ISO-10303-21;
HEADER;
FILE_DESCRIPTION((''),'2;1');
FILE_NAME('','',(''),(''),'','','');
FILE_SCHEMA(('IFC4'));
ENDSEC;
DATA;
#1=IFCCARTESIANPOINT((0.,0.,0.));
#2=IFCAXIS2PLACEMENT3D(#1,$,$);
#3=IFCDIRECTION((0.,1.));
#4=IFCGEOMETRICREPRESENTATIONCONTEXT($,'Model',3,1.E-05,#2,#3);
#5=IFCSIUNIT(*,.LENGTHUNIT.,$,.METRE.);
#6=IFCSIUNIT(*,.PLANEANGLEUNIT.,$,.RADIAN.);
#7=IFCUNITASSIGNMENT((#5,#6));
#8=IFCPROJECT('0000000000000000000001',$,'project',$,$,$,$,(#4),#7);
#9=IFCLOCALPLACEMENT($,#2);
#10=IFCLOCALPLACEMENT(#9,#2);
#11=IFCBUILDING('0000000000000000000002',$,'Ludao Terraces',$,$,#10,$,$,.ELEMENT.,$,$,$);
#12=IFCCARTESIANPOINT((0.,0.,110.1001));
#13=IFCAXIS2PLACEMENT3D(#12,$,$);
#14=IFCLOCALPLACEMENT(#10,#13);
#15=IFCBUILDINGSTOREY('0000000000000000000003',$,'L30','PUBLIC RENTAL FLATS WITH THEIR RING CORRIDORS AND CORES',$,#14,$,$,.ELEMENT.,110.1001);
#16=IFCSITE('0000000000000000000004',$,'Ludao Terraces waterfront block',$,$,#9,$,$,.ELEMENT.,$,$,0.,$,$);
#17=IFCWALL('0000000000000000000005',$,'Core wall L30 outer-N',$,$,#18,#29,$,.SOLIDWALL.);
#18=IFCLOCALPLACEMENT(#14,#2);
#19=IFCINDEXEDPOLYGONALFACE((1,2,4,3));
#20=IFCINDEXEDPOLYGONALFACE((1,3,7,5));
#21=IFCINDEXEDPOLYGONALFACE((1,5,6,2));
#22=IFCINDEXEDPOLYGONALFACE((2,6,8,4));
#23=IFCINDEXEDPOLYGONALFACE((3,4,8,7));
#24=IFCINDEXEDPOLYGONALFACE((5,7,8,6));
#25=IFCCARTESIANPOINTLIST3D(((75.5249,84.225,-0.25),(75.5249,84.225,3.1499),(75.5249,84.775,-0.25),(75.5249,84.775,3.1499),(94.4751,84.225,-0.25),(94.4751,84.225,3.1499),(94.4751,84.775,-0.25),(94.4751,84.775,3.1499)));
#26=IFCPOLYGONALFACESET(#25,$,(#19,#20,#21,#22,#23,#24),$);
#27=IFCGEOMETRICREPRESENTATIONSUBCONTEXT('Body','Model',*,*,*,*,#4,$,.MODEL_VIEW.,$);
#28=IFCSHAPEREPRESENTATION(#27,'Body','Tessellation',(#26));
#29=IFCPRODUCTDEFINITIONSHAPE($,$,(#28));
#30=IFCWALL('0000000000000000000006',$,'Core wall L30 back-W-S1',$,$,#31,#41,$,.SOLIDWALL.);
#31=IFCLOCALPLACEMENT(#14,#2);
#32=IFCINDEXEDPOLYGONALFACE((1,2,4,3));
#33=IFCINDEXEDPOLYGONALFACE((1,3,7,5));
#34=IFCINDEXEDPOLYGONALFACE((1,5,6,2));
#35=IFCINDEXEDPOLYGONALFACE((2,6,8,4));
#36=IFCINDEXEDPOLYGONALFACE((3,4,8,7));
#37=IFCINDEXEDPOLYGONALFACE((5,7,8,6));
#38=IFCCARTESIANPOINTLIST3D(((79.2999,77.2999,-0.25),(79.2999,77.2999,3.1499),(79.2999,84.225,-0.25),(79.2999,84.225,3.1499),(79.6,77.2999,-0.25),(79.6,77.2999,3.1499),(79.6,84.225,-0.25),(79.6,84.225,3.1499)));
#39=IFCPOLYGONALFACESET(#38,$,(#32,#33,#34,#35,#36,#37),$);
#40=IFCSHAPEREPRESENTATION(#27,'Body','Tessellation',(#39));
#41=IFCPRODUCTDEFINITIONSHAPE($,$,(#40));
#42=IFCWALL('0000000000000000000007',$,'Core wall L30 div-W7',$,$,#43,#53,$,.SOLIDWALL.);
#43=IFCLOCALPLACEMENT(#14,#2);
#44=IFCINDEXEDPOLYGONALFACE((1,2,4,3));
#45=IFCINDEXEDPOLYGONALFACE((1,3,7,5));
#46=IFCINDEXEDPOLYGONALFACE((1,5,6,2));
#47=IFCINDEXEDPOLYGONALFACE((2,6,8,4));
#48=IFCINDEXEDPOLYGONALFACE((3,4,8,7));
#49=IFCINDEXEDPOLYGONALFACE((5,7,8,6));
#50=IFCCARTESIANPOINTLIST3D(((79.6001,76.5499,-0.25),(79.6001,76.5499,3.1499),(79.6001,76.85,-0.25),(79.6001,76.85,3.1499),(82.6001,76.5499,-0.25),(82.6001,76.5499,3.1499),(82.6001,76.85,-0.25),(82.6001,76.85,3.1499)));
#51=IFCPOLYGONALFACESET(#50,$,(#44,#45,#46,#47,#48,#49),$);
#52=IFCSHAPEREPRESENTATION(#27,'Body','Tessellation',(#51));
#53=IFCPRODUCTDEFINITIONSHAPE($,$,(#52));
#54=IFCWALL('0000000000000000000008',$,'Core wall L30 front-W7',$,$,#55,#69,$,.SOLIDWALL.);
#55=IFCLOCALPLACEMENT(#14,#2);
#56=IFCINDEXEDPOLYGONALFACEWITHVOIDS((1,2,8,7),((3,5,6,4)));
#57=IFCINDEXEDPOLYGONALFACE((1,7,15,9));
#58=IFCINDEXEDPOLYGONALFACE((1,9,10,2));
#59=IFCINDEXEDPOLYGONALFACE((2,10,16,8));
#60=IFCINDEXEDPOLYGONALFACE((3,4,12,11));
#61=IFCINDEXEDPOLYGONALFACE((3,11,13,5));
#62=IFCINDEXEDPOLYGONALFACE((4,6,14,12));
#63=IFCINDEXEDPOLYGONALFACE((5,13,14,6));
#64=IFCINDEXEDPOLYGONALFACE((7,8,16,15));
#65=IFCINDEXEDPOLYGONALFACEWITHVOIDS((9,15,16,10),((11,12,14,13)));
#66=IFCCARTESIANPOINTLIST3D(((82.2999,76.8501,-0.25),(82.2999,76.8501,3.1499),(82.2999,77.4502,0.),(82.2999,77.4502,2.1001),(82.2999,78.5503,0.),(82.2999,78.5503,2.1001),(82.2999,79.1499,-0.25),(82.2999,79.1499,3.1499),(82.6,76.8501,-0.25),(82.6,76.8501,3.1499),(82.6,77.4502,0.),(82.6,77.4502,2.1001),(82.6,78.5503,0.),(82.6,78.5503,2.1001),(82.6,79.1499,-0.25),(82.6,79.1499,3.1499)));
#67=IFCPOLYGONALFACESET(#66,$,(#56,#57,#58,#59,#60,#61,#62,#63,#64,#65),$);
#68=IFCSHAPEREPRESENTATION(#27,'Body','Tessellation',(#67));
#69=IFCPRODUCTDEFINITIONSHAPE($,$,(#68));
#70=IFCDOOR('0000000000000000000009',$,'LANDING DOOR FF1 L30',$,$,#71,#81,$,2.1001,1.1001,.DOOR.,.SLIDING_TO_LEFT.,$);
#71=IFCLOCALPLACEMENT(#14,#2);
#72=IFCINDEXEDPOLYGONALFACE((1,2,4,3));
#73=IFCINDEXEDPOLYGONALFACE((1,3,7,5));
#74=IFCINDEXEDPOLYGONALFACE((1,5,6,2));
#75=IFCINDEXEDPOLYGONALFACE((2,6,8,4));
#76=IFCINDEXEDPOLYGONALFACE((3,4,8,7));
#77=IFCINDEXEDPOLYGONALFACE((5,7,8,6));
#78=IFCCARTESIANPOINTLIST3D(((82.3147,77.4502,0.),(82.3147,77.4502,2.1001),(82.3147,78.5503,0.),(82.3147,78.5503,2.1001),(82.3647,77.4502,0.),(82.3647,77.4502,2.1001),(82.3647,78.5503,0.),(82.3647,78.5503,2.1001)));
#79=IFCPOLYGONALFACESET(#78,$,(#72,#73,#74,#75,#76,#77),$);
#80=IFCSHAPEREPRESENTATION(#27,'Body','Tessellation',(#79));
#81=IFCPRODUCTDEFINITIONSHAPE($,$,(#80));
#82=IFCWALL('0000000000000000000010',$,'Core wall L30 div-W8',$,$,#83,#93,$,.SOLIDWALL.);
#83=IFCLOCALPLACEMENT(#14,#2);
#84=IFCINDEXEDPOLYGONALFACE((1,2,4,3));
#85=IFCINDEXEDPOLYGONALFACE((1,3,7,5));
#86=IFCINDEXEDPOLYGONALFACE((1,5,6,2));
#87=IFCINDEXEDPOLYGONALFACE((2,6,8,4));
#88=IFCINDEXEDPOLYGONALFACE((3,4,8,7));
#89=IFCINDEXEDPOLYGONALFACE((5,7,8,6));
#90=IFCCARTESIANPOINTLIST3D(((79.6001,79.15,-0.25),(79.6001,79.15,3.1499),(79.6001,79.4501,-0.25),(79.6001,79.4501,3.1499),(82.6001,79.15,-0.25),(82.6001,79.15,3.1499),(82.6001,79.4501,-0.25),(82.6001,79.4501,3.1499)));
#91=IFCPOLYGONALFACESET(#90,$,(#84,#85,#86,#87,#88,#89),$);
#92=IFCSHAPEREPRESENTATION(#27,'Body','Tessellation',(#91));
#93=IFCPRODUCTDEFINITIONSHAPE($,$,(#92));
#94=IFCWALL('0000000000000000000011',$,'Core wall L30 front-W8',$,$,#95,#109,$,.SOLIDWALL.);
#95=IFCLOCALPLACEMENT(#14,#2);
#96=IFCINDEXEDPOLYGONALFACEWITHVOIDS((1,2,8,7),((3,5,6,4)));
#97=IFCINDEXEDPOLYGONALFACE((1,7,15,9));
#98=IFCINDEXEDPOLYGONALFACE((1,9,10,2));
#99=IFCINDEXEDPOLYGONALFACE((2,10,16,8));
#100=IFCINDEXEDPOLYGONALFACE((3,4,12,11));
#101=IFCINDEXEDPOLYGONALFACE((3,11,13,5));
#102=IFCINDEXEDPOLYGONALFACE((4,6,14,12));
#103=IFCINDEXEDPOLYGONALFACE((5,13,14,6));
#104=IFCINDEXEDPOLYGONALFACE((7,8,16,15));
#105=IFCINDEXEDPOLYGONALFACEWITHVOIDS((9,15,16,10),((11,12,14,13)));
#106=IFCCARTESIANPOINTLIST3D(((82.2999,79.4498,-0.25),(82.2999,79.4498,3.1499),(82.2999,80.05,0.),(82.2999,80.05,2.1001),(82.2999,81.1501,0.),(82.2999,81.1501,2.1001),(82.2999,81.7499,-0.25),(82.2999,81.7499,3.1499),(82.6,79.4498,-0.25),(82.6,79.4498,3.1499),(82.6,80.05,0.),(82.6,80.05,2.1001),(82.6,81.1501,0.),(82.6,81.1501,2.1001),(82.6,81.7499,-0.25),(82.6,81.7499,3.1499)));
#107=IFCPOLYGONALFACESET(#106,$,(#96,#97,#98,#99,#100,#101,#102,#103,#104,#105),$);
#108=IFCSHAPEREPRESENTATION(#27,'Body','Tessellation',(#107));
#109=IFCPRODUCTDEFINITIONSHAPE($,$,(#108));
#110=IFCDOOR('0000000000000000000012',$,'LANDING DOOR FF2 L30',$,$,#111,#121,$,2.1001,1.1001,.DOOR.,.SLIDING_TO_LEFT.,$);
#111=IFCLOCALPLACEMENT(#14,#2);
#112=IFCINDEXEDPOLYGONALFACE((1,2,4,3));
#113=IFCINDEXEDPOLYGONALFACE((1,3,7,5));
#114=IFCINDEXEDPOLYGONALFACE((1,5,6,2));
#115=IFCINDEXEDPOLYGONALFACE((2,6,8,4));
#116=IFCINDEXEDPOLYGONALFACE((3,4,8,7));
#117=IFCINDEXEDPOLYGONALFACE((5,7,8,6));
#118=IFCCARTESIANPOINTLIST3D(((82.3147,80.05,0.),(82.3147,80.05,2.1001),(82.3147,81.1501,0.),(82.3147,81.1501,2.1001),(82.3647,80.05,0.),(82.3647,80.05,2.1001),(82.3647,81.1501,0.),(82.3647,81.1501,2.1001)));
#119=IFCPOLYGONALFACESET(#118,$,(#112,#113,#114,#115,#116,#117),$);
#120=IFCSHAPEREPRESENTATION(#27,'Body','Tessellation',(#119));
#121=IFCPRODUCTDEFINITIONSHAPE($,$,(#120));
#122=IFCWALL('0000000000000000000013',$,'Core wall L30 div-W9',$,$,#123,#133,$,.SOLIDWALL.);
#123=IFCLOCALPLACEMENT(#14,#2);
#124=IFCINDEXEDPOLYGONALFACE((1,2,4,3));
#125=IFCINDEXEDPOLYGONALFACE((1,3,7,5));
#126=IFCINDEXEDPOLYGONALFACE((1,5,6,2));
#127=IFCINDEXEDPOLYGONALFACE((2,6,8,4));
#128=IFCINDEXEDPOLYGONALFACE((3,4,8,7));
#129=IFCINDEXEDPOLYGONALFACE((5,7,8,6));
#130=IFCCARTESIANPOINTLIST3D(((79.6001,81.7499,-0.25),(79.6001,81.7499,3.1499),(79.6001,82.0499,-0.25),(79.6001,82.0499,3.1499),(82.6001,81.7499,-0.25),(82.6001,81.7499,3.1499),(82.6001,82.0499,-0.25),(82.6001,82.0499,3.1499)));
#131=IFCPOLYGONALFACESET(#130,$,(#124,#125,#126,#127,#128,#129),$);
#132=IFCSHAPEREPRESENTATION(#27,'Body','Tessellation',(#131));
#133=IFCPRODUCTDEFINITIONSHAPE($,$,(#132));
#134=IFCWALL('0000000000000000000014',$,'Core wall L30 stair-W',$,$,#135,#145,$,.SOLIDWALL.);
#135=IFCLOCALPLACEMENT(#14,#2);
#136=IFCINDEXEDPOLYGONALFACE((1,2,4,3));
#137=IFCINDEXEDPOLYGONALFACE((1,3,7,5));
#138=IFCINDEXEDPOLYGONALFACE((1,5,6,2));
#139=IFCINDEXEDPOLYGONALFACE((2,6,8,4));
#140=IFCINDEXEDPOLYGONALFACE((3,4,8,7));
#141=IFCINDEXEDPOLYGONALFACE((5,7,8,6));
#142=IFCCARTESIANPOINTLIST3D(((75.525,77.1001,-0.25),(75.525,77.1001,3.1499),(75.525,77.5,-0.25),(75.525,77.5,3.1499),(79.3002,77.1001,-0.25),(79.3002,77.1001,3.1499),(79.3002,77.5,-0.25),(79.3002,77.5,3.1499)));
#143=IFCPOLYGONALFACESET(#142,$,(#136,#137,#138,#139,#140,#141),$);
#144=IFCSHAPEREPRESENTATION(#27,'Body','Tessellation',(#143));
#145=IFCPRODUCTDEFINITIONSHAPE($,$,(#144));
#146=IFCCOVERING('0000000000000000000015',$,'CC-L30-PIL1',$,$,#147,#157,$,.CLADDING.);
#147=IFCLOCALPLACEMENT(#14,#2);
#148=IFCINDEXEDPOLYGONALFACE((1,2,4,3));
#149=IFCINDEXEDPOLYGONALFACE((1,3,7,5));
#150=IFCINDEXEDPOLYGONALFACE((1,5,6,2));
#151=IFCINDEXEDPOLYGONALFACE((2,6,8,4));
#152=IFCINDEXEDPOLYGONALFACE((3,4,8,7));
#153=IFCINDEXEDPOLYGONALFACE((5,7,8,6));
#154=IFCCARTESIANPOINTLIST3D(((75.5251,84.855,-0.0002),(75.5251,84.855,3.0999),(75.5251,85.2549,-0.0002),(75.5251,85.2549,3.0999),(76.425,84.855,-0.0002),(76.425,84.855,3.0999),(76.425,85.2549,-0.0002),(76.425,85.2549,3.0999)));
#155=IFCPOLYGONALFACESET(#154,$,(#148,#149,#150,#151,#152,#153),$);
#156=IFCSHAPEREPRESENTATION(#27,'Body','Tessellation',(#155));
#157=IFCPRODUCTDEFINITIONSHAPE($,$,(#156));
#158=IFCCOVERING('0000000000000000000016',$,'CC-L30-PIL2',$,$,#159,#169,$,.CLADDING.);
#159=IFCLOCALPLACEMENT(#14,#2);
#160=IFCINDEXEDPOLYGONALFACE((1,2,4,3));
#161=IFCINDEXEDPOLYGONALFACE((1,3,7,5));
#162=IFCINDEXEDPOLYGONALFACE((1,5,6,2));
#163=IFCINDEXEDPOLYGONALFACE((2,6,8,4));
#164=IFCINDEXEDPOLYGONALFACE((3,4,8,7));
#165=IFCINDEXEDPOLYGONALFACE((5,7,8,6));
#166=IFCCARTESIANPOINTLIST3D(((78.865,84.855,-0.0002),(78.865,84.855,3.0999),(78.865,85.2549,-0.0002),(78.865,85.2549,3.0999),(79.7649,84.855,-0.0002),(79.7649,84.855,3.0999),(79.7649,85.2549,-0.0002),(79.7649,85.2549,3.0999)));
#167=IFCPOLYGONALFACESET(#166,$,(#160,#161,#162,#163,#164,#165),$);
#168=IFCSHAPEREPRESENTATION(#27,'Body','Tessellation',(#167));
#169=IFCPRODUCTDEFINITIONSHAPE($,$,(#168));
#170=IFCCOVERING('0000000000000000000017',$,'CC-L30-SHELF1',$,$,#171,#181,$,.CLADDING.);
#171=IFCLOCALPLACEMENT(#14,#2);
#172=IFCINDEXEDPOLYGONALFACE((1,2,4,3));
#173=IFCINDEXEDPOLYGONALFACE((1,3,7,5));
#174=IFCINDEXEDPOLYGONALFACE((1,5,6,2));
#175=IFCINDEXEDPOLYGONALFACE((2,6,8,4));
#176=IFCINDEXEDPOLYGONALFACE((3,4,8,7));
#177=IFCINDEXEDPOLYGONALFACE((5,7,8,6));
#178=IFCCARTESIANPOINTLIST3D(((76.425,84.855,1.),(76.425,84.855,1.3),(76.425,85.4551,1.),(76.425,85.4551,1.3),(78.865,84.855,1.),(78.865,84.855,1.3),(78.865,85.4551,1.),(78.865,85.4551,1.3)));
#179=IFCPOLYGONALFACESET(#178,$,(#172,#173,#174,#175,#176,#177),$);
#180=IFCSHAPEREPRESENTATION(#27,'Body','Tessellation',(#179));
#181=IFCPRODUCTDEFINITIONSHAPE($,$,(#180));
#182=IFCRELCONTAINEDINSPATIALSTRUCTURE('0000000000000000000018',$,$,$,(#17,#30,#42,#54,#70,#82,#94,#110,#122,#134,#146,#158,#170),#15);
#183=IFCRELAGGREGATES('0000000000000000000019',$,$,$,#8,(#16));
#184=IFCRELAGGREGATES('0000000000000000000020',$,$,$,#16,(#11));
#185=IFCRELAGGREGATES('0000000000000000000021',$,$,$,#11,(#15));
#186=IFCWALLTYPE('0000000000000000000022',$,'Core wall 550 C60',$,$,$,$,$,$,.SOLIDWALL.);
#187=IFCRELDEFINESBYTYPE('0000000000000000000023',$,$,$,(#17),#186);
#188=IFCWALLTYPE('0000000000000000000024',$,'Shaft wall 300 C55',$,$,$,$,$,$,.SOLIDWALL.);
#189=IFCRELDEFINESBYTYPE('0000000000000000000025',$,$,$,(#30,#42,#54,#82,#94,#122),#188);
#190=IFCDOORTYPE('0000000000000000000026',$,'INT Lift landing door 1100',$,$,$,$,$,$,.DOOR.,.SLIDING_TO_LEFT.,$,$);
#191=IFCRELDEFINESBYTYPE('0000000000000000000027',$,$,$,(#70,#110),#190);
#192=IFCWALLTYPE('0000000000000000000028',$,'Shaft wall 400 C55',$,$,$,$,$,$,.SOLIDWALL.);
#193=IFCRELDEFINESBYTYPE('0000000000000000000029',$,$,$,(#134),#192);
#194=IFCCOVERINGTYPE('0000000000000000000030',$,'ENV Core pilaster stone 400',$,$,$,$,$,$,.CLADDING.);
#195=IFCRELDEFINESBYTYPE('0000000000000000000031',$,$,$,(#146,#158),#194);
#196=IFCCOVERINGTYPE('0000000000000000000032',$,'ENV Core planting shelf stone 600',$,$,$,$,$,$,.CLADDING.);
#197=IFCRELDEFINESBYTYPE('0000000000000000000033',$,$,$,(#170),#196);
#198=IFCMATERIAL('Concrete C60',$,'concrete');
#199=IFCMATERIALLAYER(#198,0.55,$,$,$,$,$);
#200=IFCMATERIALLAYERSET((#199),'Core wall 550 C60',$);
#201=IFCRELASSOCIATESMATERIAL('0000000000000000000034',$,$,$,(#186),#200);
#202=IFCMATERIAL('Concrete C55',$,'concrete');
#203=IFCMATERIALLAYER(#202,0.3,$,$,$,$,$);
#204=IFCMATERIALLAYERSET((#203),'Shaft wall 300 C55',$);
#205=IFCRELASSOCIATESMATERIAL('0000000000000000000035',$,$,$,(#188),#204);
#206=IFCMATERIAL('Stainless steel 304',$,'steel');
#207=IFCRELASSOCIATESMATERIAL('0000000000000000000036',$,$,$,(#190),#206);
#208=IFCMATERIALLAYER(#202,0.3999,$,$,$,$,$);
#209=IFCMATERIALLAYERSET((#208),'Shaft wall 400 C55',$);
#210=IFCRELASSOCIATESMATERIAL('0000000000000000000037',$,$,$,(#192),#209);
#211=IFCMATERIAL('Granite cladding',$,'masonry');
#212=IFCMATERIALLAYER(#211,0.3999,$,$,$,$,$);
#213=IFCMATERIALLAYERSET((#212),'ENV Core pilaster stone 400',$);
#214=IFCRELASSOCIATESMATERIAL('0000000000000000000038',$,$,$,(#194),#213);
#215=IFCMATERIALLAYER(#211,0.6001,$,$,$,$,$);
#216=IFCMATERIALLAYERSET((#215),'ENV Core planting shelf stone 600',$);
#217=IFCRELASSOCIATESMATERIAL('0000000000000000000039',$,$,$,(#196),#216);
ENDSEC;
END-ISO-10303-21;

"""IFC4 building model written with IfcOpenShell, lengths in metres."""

from ifc_helpers import new_model, si_unit, direction, frame, frame_2d, origin, origin_2d, place, context, subcontext, project, spatial, rectangle, extrude, material, layer, layer_set, type_object, element, fill, save


model = new_model("IFC4")

# Units and contexts
model_context = context("Model", 3, precision=1e-05, world=origin(), true_north=direction((0.0, 1.0)))
body_context = subcontext(model_context, "Body", "Model", "MODEL_VIEW")
ifc_project = project(units=[si_unit("LENGTHUNIT", "METRE"), si_unit("PLANEANGLEUNIT", "RADIAN")], contexts=[model_context])

# Site, building, storey
site_placement = place(None, origin())
site = spatial("IfcSite", under=ifc_project, at=site_placement, Name="Ludao Terraces waterfront block", CompositionType="ELEMENT", RefElevation=0.0)
building_placement = place(site_placement, origin())
building = spatial("IfcBuilding", under=site, at=building_placement, Name="Ludao Terraces", CompositionType="ELEMENT")
storey_placement = place(building_placement, frame((0.0, 0.0, 110.1001)))
storey = spatial("IfcBuildingStorey", under=building, at=storey_placement, Name="L30", Description="PUBLIC RENTAL FLATS WITH THEIR RING CORRIDORS AND CORES", CompositionType="ELEMENT", Elevation=110.1001)

# Walls
ifc_material_1 = material(Name="Concrete C60", Category="concrete")
ifc_layer_1 = layer(ifc_material_1, 0.55)
ifc_layer_set_1 = layer_set([ifc_layer_1], Name="Core wall 550 C60")
wall_type_1 = type_object("IfcWallType", Name="Core wall 550 C60", PredefinedType="SOLIDWALL", material=ifc_layer_set_1)
wall_1_placement = place(storey_placement, frame((75.5249, 84.5, -0.25), z_axis=(0.0, 0.0, 1.0), x_axis=(1.0, 0.0, 0.0)))
element("IfcWall", 1, at=wall_1_placement, inside=storey, type_object=wall_type_1, Name="Core wall L30 outer-N", PredefinedType="SOLIDWALL", context=body_context, shape_type="SweptSolid", body=[
    extrude(rectangle(XDim=18.9502, YDim=0.55, at=frame_2d((9.4751, 0.0))), origin(), (0.0, 0.0, 1.0), 3.3999),
])
ifc_material_2 = material(Name="Concrete C55", Category="concrete")
ifc_layer_2 = layer(ifc_material_2, 0.3)
ifc_layer_set_2 = layer_set([ifc_layer_2], Name="Shaft wall 300 C55")
wall_type_2 = type_object("IfcWallType", Name="Shaft wall 300 C55", PredefinedType="SOLIDWALL", material=ifc_layer_set_2)
wall_2_placement = place(storey_placement, frame((79.45, 77.3, -0.25), z_axis=(0.0, 0.0, 1.0), x_axis=(0.0, 1.0, 0.0)))
element("IfcWall", 2, at=wall_2_placement, inside=storey, type_object=wall_type_2, Name="Core wall L30 back-W-S1", PredefinedType="SOLIDWALL", context=body_context, shape_type="SweptSolid", body=[
    extrude(rectangle(XDim=6.925, YDim=0.3, at=frame_2d((3.4624, 0.0))), origin(), (0.0, 0.0, 1.0), 3.3999),
])
wall_3_placement = place(storey_placement, frame((79.6001, 76.7, -0.25), z_axis=(0.0, 0.0, 1.0), x_axis=(1.0, 0.0, 0.0)))
element("IfcWall", 3, at=wall_3_placement, inside=storey, type_object=wall_type_2, Name="Core wall L30 div-W7", PredefinedType="SOLIDWALL", context=body_context, shape_type="SweptSolid", body=[
    extrude(rectangle(XDim=3.0, YDim=0.3, at=frame_2d((1.5, 0.0))), origin(), (0.0, 0.0, 1.0), 3.3999),
])

# Wall, opening, door
wall_4_placement = place(storey_placement, frame((82.45, 76.8501, -0.25), z_axis=(0.0, 0.0, 1.0), x_axis=(0.0, 1.0, 0.0)))
wall_4 = element("IfcWall", 4, at=wall_4_placement, inside=storey, type_object=wall_type_2, Name="Core wall L30 front-W7", PredefinedType="SOLIDWALL", context=body_context, shape_type="SweptSolid", body=[
    extrude(rectangle(XDim=2.2998, YDim=0.3, at=frame_2d((1.1499, 0.0))), origin(), (0.0, 0.0, 1.0), 3.3999),
])
opening_1_placement = place(wall_4_placement, frame((0.6001, 0.0, 0.25)))
opening_1 = element("IfcOpeningElement", 5, at=opening_1_placement, cuts=wall_4, PredefinedType="OPENING", context=body_context, shape_type="SweptSolid", body=[
    extrude(rectangle(XDim=1.1001, YDim=2.1001, at=frame_2d((0.55, 1.05))), frame((0.0, 0.1602, 0.0), z_axis=(0.0, -1.0, 0.0), x_axis=(1.0, 0.0, 0.0)), (0.0, 0.0, 1.0), 0.3201),
])
ifc_material_3 = material(Name="Stainless steel 304", Category="steel")
door_type = type_object("IfcDoorType", Name="INT Lift landing door 1100", OperationType="SLIDING_TO_LEFT", PredefinedType="DOOR", material=ifc_material_3)
door_1_placement = place(opening_1_placement, origin())
door_1 = element("IfcDoor", 6, at=door_1_placement, inside=storey, type_object=door_type, Name="LANDING DOOR FF1 L30", OperationType="SLIDING_TO_LEFT", OverallHeight=2.1001, OverallWidth=1.1001, PredefinedType="DOOR", context=body_context, shape_type="SweptSolid", body=[
    extrude(rectangle(XDim=1.1001, YDim=2.1001, at=frame_2d((0.55, 1.05))), frame((0.0, 0.1353, 0.0), z_axis=(0.0, -1.0, 0.0), x_axis=(1.0, 0.0, 0.0)), (0.0, 0.0, 1.0), 0.05),
])
fill(opening_1, door_1)

# Wall
wall_5_placement = place(storey_placement, frame((79.6001, 79.3, -0.25), z_axis=(0.0, 0.0, 1.0), x_axis=(1.0, 0.0, 0.0)))
element("IfcWall", 7, at=wall_5_placement, inside=storey, type_object=wall_type_2, Name="Core wall L30 div-W8", PredefinedType="SOLIDWALL", context=body_context, shape_type="SweptSolid", body=[
    extrude(rectangle(XDim=3.0, YDim=0.3, at=frame_2d((1.5, 0.0))), origin(), (0.0, 0.0, 1.0), 3.3999),
])

# Wall, opening, door
wall_6_placement = place(storey_placement, frame((82.45, 79.45, -0.25), z_axis=(0.0, 0.0, 1.0), x_axis=(0.0, 1.0, 0.0)))
wall_6 = element("IfcWall", 8, at=wall_6_placement, inside=storey, type_object=wall_type_2, Name="Core wall L30 front-W8", PredefinedType="SOLIDWALL", context=body_context, shape_type="SweptSolid", body=[
    extrude(rectangle(XDim=2.3, YDim=0.3, at=frame_2d((1.1499, 0.0))), origin(), (0.0, 0.0, 1.0), 3.3999),
])
opening_2_placement = place(wall_6_placement, frame((0.6001, 0.0, 0.25)))
opening_2 = element("IfcOpeningElement", 9, at=opening_2_placement, cuts=wall_6, PredefinedType="OPENING", context=body_context, shape_type="SweptSolid", body=[
    extrude(rectangle(XDim=1.1001, YDim=2.1001, at=frame_2d((0.55, 1.05))), frame((0.0, 0.1602, 0.0), z_axis=(0.0, -1.0, 0.0), x_axis=(1.0, 0.0, 0.0)), (0.0, 0.0, 1.0), 0.3201),
])
door_2_placement = place(opening_2_placement, origin())
door_2 = element("IfcDoor", 10, at=door_2_placement, inside=storey, type_object=door_type, Name="LANDING DOOR FF2 L30", OperationType="SLIDING_TO_LEFT", OverallHeight=2.1001, OverallWidth=1.1001, PredefinedType="DOOR", context=body_context, shape_type="SweptSolid", body=[
    extrude(rectangle(XDim=1.1001, YDim=2.1001, at=frame_2d((0.55, 1.05))), frame((0.0, 0.1353, 0.0), z_axis=(0.0, -1.0, 0.0), x_axis=(1.0, 0.0, 0.0)), (0.0, 0.0, 1.0), 0.05),
])
fill(opening_2, door_2)

# Walls
wall_7_placement = place(storey_placement, frame((79.6001, 81.8999, -0.25), z_axis=(0.0, 0.0, 1.0), x_axis=(1.0, 0.0, 0.0)))
element("IfcWall", 11, at=wall_7_placement, inside=storey, type_object=wall_type_2, Name="Core wall L30 div-W9", PredefinedType="SOLIDWALL", context=body_context, shape_type="SweptSolid", body=[
    extrude(rectangle(XDim=3.0, YDim=0.3, at=frame_2d((1.5, 0.0))), origin(), (0.0, 0.0, 1.0), 3.3999),
])
ifc_layer_3 = layer(ifc_material_2, 0.3999)
ifc_layer_set_3 = layer_set([ifc_layer_3], Name="Shaft wall 400 C55")
wall_type_3 = type_object("IfcWallType", Name="Shaft wall 400 C55", PredefinedType="SOLIDWALL", material=ifc_layer_set_3)
wall_8_placement = place(storey_placement, frame((75.5249, 77.3, -0.25), z_axis=(0.0, 0.0, 1.0), x_axis=(1.0, 0.0, 0.0)))
element("IfcWall", 12, at=wall_8_placement, inside=storey, type_object=wall_type_3, Name="Core wall L30 stair-W", PredefinedType="SOLIDWALL", context=body_context, shape_type="SweptSolid", body=[
    extrude(rectangle(XDim=3.7751, YDim=0.3999, at=frame_2d((1.8877, 0.0))), origin(), (0.0, 0.0, 1.0), 3.3999),
])

# Coverings
ifc_material_4 = material(Name="Granite cladding", Category="masonry")
ifc_layer_4 = layer(ifc_material_4, 0.3999)
ifc_layer_set_4 = layer_set([ifc_layer_4], Name="ENV Core pilaster stone 400")
covering_type_1 = type_object("IfcCoveringType", Name="ENV Core pilaster stone 400", PredefinedType="CLADDING", material=ifc_layer_set_4)
for number, where, z_axis, x_axis, name in (
    (13, (75.9751, 85.0549, -0.0002), (0.0, 0.0, 1.0), (1.0, 0.0, 0.0), "CC-L30-PIL1"),
    (14, (79.3149, 85.0549, -0.0002), (0.0, 0.0, 1.0), (1.0, 0.0, 0.0), "CC-L30-PIL2"),
):
    element("IfcCovering", number, at=place(storey_placement, frame(where, z_axis=z_axis, x_axis=x_axis)), inside=storey, type_object=covering_type_1, Name=name, PredefinedType="CLADDING", context=body_context, shape_type="SweptSolid", body=[
        extrude(rectangle(XDim=0.8999, YDim=0.3999, at=origin_2d()), origin(), (0.0, 0.0, 1.0), 3.1001),
    ])
ifc_layer_5 = layer(ifc_material_4, 0.6001)
ifc_layer_set_5 = layer_set([ifc_layer_5], Name="ENV Core planting shelf stone 600")
covering_type_2 = type_object("IfcCoveringType", Name="ENV Core planting shelf stone 600", PredefinedType="CLADDING", material=ifc_layer_set_5)
covering_1_placement = place(storey_placement, frame((77.645, 85.155, 1.0), z_axis=(0.0, 0.0, 1.0), x_axis=(1.0, 0.0, 0.0)))
element("IfcCovering", 15, at=covering_1_placement, inside=storey, type_object=covering_type_2, Name="CC-L30-SHELF1", PredefinedType="CLADDING", context=body_context, shape_type="SweptSolid", body=[
    extrude(rectangle(XDim=2.4399, YDim=0.6001, at=origin_2d()), origin(), (0.0, 0.0, 1.0), 0.3),
])

save(model, "model.ifc")
